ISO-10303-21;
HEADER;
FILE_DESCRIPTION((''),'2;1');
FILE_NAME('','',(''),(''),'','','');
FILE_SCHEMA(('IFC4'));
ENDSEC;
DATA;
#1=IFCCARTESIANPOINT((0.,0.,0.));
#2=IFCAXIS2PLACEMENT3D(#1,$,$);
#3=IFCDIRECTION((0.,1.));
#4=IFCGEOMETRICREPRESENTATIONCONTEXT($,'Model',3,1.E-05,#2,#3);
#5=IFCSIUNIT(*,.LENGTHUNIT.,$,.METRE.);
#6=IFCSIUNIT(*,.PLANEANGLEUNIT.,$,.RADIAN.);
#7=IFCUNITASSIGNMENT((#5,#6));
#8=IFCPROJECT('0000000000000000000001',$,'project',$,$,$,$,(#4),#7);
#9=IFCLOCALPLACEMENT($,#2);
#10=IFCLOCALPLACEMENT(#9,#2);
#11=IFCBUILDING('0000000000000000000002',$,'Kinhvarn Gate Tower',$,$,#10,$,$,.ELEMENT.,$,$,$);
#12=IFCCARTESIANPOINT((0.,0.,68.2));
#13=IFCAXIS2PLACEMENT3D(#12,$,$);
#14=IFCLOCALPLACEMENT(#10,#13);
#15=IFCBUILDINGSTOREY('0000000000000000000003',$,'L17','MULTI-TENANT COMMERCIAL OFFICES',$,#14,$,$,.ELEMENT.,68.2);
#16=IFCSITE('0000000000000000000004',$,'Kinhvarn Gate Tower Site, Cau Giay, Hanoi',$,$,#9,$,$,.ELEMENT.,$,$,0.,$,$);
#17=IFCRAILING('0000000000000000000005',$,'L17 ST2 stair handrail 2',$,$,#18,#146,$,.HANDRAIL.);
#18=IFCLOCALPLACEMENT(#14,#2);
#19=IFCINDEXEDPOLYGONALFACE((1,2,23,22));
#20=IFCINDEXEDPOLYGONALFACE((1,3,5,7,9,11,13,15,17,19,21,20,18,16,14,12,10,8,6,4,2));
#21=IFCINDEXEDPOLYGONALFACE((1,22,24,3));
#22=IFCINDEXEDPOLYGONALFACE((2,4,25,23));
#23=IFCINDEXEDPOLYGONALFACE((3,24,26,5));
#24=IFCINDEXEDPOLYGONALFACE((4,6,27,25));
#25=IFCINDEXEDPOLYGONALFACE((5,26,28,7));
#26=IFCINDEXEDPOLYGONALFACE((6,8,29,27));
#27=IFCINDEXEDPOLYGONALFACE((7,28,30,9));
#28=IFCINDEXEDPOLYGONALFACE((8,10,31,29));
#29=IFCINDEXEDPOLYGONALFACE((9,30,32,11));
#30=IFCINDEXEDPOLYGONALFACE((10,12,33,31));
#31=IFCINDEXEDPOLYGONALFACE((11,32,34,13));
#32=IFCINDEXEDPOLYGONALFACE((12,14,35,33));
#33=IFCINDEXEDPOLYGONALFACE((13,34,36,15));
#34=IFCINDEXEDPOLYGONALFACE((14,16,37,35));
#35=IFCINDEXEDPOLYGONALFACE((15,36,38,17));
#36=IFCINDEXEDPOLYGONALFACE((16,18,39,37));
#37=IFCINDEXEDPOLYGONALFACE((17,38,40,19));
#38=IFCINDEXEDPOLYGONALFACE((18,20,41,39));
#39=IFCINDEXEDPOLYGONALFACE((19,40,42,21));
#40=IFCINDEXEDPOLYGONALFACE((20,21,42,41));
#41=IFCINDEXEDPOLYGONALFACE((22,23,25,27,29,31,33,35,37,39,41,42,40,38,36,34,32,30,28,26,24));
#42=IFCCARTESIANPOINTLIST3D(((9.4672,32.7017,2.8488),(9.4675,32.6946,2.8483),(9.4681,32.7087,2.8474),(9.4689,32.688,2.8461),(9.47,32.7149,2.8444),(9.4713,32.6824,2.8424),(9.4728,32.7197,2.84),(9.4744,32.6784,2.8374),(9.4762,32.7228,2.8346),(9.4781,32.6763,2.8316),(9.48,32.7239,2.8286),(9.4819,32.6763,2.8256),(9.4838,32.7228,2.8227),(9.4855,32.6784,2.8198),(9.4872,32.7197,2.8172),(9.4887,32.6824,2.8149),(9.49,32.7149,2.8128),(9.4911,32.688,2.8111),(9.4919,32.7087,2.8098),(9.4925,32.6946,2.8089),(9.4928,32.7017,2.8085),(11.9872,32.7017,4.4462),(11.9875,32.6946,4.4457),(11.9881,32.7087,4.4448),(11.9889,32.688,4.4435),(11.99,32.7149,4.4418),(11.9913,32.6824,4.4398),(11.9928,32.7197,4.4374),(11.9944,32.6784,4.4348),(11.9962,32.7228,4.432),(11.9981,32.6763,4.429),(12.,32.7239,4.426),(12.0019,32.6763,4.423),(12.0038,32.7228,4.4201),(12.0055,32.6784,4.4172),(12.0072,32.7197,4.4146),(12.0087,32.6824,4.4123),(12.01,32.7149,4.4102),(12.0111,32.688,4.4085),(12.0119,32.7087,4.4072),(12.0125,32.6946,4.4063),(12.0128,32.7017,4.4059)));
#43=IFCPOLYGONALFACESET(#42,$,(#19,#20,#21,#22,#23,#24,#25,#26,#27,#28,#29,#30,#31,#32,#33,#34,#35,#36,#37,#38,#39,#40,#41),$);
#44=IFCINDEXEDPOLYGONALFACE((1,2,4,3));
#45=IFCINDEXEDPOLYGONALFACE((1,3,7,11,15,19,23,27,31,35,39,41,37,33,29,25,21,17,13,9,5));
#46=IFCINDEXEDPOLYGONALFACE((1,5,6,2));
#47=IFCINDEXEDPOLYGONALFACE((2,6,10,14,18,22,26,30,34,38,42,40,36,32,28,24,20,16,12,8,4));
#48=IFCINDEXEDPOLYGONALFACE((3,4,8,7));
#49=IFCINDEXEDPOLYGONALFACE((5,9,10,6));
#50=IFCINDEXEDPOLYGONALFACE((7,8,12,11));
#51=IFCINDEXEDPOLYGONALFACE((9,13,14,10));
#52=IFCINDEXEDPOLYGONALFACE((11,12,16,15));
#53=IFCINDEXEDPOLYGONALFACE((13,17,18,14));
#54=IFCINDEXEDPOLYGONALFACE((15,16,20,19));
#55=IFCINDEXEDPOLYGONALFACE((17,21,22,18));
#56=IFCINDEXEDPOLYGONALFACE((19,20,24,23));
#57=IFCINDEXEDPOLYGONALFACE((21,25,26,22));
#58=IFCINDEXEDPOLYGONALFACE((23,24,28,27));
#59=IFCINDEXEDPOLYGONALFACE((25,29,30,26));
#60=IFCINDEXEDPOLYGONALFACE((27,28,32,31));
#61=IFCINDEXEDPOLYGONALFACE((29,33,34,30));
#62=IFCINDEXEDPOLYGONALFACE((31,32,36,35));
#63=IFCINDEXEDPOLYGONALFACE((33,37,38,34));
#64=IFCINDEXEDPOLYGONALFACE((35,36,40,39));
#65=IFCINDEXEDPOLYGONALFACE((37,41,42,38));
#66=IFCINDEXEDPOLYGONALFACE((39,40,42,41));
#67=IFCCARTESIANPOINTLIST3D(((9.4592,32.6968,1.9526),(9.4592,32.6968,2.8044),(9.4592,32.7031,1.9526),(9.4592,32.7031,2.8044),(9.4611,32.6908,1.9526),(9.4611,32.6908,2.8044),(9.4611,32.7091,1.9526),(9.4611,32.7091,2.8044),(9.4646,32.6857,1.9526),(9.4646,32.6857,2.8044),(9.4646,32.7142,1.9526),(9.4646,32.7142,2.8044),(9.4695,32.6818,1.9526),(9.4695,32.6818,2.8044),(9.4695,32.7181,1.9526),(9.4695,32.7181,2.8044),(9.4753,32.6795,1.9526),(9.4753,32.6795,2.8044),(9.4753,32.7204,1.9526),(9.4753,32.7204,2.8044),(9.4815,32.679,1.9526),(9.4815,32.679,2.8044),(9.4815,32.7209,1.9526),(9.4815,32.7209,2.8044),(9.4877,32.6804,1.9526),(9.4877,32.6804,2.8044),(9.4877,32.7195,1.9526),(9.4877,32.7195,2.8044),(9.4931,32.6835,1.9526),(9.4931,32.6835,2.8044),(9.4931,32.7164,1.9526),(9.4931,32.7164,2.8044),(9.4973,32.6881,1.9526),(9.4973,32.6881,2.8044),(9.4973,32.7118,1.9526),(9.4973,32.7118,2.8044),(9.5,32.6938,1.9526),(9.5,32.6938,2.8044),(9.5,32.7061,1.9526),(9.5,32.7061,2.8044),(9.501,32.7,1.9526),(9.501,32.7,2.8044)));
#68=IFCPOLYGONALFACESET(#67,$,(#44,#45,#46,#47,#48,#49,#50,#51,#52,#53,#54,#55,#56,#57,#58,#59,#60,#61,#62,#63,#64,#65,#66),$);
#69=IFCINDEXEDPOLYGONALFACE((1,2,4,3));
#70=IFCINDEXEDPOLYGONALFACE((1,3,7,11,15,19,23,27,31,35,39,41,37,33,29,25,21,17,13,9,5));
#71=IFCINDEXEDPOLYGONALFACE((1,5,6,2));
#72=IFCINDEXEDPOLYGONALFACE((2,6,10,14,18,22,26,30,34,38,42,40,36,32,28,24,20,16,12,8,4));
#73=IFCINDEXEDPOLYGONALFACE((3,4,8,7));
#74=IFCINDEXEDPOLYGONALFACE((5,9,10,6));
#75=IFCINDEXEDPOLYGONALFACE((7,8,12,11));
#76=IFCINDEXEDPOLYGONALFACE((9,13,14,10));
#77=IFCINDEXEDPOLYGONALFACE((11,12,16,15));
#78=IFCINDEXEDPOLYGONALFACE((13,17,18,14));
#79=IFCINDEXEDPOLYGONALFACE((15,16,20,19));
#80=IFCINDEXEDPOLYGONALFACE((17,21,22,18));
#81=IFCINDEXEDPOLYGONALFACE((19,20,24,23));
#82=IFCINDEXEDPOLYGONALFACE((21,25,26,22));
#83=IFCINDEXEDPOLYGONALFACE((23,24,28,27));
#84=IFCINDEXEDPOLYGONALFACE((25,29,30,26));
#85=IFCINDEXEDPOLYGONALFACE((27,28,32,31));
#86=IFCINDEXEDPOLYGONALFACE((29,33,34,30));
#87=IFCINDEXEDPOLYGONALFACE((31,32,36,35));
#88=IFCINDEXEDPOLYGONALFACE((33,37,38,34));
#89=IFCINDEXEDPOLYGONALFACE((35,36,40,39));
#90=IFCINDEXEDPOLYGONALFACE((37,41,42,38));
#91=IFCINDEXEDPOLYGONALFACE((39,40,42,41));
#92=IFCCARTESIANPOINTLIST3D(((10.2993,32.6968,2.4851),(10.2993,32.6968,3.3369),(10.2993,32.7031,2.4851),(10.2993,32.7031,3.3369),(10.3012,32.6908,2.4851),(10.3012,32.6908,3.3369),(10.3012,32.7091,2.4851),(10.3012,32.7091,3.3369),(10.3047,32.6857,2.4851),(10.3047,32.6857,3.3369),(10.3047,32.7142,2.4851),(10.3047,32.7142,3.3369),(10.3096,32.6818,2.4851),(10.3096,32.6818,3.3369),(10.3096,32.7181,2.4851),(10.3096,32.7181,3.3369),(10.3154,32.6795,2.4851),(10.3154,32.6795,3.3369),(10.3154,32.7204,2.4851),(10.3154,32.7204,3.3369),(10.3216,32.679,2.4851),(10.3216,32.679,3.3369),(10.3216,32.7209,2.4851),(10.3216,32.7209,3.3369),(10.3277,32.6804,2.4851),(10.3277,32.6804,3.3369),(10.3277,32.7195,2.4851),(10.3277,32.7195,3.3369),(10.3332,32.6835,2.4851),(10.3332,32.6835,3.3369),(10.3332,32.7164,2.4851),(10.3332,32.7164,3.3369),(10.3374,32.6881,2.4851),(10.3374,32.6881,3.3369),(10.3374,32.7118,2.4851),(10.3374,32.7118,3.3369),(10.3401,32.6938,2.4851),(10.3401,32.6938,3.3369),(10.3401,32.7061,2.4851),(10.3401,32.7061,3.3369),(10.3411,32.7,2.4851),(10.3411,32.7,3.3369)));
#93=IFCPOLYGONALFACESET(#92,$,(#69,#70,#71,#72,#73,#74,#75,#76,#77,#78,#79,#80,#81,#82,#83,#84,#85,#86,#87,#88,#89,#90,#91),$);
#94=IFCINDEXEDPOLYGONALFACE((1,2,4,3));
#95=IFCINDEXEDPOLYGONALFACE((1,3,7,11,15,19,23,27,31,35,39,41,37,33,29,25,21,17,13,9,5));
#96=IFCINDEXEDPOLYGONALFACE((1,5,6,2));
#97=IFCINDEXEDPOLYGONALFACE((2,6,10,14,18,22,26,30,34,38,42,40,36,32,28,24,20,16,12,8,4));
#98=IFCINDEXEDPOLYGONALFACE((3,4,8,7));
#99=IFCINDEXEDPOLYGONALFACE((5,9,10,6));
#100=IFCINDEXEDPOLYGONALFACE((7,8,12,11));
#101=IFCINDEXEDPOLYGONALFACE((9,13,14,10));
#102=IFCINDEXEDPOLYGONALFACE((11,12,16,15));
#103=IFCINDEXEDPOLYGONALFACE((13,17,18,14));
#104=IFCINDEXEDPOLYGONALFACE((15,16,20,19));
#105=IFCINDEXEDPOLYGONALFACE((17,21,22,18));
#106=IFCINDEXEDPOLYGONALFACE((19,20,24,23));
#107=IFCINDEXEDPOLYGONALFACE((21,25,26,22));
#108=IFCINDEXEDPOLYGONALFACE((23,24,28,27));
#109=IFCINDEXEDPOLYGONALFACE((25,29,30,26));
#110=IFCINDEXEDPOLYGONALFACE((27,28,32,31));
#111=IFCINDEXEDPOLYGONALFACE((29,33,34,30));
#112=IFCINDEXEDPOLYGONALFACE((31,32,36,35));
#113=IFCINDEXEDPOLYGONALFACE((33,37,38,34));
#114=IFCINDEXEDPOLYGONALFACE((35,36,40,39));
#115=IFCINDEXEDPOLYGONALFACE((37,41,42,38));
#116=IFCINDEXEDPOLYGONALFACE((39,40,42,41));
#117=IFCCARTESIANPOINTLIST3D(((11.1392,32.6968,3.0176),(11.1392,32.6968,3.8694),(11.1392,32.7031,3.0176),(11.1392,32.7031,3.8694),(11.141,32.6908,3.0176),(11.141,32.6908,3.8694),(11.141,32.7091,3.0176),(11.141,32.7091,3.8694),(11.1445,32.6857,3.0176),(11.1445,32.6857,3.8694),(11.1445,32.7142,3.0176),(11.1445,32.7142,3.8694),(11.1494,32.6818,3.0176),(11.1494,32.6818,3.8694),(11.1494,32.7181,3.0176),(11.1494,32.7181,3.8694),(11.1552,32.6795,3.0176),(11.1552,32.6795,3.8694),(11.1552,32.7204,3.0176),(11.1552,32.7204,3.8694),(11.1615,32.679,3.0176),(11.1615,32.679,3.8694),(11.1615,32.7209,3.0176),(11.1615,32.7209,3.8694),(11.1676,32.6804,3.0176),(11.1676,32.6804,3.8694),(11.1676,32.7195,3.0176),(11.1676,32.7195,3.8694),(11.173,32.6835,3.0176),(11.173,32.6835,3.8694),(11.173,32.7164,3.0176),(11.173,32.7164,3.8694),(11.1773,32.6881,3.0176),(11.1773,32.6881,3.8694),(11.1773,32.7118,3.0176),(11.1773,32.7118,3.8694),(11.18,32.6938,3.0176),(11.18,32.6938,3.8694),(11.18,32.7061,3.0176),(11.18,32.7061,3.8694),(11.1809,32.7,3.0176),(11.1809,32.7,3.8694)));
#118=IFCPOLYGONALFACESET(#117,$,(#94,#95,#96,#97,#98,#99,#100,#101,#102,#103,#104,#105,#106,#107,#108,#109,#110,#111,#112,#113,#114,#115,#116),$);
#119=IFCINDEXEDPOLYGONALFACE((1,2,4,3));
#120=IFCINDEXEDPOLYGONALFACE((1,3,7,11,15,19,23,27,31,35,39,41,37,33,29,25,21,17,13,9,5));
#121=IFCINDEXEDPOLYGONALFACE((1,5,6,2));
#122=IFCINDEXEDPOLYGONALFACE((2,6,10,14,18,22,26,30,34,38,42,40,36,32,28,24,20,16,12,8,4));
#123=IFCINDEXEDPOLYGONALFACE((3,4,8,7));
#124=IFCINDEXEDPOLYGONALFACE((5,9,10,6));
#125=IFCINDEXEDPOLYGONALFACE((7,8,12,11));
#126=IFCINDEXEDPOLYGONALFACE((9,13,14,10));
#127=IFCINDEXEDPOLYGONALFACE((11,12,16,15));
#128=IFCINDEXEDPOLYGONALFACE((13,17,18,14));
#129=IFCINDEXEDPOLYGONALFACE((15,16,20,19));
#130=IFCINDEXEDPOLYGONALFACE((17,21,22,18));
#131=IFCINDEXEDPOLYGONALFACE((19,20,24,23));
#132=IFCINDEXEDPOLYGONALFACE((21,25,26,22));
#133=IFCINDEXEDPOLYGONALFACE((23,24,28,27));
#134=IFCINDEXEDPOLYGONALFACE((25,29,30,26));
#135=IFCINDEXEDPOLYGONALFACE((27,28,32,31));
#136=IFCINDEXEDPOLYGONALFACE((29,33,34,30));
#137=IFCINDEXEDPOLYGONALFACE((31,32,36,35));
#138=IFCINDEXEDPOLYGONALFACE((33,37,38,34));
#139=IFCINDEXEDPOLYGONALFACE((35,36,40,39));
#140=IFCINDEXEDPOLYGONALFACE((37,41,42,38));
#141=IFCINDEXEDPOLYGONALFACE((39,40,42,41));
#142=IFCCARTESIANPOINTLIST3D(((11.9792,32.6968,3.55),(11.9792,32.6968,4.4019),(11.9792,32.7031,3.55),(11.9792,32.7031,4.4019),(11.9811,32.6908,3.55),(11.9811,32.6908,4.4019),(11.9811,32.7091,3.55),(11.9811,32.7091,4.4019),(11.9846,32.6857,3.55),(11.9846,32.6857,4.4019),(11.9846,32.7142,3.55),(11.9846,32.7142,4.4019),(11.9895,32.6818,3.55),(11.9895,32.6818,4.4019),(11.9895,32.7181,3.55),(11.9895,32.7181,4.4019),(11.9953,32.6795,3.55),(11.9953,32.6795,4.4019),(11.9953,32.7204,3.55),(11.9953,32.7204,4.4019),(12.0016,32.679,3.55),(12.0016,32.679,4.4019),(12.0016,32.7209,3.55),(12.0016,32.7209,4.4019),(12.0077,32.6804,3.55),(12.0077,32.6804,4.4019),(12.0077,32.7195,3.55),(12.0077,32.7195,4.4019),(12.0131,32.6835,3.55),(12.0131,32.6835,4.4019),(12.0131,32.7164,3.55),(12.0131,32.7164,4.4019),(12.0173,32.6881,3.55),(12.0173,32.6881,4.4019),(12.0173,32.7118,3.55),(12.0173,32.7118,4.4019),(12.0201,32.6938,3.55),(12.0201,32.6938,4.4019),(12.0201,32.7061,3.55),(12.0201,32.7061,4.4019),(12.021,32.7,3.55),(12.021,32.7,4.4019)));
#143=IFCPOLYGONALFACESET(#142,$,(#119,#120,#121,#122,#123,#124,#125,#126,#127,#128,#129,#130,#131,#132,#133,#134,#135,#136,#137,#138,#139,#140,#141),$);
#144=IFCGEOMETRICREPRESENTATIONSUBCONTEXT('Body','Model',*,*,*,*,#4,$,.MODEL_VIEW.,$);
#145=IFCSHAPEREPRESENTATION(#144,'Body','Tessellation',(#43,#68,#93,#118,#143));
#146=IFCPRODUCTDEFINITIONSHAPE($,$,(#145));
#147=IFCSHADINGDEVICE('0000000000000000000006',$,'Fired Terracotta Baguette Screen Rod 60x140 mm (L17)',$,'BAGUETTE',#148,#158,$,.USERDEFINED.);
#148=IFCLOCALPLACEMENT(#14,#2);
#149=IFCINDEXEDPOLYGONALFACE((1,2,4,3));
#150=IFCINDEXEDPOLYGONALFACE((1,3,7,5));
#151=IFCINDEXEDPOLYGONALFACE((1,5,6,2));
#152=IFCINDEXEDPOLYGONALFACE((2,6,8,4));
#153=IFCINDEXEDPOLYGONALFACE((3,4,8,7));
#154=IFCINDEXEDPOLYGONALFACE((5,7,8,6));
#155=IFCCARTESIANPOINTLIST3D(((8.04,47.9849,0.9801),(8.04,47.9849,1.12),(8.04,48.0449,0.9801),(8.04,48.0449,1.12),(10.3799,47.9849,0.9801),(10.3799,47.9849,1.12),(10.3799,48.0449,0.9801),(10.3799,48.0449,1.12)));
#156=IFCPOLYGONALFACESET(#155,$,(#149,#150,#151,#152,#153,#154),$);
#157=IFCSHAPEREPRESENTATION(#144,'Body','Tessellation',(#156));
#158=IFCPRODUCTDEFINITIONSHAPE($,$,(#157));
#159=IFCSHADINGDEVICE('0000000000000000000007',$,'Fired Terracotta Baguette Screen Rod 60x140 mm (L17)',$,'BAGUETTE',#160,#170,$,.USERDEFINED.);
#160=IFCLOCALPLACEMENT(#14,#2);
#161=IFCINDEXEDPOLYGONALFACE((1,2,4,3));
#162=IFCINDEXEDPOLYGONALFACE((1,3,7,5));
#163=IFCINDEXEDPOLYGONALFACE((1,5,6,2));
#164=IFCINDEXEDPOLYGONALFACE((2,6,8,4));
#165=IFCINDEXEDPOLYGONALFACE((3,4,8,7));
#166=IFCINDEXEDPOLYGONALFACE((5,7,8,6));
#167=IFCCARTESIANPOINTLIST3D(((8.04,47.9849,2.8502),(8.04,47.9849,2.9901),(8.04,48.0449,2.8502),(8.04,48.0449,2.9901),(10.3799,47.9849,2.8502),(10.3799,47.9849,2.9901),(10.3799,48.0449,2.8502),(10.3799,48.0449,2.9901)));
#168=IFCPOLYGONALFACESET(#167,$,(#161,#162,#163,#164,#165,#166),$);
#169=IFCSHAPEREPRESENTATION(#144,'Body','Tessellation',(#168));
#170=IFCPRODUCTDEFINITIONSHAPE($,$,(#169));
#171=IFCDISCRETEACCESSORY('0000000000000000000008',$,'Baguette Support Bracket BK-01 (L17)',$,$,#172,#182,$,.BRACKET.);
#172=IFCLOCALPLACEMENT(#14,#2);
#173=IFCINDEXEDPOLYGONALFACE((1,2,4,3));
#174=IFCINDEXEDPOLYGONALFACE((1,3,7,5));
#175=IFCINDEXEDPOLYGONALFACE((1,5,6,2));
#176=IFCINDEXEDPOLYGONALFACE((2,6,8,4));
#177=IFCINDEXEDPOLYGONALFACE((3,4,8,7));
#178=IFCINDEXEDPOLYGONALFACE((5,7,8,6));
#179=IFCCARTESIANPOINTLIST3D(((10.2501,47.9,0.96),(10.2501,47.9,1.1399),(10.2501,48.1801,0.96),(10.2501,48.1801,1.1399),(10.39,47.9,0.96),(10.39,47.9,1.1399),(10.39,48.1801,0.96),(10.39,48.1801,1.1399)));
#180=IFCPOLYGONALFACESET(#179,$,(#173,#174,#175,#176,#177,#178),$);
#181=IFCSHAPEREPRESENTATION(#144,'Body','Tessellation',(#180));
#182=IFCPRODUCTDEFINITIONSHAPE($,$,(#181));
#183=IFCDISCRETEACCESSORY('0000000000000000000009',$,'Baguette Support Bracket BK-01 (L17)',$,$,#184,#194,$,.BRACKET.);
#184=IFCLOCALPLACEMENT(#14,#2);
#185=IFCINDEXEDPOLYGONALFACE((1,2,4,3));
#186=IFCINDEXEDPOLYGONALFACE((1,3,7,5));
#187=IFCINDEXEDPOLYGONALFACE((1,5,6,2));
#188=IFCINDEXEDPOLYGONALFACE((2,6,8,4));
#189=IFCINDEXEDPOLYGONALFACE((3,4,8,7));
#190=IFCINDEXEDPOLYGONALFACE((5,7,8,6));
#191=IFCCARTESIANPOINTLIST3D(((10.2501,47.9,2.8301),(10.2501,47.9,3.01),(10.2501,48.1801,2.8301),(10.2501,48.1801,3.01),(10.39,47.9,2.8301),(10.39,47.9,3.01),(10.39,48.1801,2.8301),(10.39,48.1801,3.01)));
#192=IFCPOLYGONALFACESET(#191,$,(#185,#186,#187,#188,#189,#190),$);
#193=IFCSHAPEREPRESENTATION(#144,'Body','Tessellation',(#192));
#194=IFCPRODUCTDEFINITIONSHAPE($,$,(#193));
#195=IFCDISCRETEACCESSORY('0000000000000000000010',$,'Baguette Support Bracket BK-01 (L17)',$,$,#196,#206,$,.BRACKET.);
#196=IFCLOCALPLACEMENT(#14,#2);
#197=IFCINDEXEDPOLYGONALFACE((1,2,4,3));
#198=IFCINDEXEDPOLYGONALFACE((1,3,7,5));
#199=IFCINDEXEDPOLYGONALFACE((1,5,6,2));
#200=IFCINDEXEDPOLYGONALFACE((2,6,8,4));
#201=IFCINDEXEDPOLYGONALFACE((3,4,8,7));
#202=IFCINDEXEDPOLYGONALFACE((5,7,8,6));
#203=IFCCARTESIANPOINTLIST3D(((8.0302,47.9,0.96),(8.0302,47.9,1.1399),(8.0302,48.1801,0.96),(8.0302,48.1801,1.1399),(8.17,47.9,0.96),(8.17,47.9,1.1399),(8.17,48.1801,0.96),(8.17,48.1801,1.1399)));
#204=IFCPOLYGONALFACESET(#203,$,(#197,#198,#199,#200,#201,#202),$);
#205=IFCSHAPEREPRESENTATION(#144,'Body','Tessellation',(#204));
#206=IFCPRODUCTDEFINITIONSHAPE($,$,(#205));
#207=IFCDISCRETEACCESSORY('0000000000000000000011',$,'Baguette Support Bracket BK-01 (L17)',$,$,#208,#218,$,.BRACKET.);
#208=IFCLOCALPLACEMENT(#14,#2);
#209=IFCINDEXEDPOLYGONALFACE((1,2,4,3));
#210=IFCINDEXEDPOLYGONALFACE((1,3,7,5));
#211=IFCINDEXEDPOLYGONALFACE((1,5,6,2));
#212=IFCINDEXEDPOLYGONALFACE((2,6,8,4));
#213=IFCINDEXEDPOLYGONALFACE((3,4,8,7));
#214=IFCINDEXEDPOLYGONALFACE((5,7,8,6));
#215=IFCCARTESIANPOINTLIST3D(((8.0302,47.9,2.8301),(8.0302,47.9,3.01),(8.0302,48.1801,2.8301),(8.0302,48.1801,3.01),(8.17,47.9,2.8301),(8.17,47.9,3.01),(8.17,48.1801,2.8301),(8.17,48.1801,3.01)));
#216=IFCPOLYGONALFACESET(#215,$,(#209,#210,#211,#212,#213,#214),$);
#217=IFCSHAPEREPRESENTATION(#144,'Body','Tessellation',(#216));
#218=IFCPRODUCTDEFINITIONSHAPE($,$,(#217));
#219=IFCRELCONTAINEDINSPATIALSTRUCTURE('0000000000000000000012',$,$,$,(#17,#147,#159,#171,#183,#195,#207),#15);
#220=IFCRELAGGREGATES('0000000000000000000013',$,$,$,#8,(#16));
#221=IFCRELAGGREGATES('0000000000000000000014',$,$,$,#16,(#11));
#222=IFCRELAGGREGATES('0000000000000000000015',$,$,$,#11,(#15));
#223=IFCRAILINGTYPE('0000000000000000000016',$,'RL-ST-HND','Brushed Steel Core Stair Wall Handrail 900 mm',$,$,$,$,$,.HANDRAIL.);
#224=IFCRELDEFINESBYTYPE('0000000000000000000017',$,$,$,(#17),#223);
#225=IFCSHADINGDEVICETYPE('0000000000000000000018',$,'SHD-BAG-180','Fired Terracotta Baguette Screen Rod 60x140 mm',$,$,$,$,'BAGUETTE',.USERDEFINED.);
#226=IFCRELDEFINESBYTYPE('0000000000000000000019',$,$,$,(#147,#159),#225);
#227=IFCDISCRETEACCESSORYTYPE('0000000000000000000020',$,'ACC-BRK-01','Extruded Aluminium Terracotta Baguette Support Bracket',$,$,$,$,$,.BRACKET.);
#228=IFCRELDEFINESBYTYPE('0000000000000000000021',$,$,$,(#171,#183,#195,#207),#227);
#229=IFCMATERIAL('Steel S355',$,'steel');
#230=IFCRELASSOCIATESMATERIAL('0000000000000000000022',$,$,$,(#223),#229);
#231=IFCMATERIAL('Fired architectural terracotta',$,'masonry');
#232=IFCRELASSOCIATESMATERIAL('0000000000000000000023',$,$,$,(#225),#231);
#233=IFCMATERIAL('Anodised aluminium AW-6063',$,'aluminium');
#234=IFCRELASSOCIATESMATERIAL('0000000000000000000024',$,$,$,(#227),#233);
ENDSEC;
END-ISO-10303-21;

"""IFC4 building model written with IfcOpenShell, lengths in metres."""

from ifc_helpers import new_model, si_unit, direction, frame, origin, origin_2d, place, context, subcontext, project, spatial, rectangle, circle, extrude, material, material_profile, profile_set, type_object, element, save


model = new_model("IFC4")

# Units and contexts
model_context = context("Model", 3, precision=1e-05, world=origin(), true_north=direction((0.0, 1.0)))
body_context = subcontext(model_context, "Body", "Model", "MODEL_VIEW")
ifc_project = project(units=[si_unit("LENGTHUNIT", "METRE"), si_unit("PLANEANGLEUNIT", "RADIAN")], contexts=[model_context])

# Site, building, storey
site_placement = place(None, origin())
site = spatial("IfcSite", under=ifc_project, at=site_placement, Name="Kinhvarn Gate Tower Site, Cau Giay, Hanoi", CompositionType="ELEMENT", RefElevation=0.0)
building_placement = place(site_placement, origin())
building = spatial("IfcBuilding", under=site, at=building_placement, Name="Kinhvarn Gate Tower", CompositionType="ELEMENT")
storey_placement = place(building_placement, frame((0.0, 0.0, 68.2)))
storey = spatial("IfcBuildingStorey", under=building, at=storey_placement, Name="L17", Description="MULTI-TENANT COMMERCIAL OFFICES", CompositionType="ELEMENT", Elevation=68.2)

# Shared definitions
ifc_material_1 = material(Name="Anodised aluminium AW-6063", Category="aluminium")

# Shared definitions
ifc_material_2 = material(Name="Steel S355", Category="steel")

# Shared definitions
ifc_material_3 = material(Name="Fired architectural terracotta", Category="masonry")

# Railing
railing_type_1 = type_object("IfcRailingType", Name="RL-ST-HND", Description="Brushed Steel Core Stair Wall Handrail 900 mm", PredefinedType="HANDRAIL", material=ifc_material_2)
railing_1_placement = place(storey_placement, frame((9.48, 32.7, 1.9526)))
element("IfcRailing", 1, at=railing_1_placement, inside=storey, type_object=railing_type_1, Name="L17 ST2 stair handrail 2", PredefinedType="HANDRAIL", context=body_context, shape_type="SweptSolid", body=[
    extrude(circle(Radius=0.0239, at=origin_2d()), frame((0.0, 0.0, 0.876), z_axis=(0.844607, 0.0, 0.535387), x_axis=(0.0, 1.0, 0.0)), (0.0, 0.0, 1.0), 2.9836),
    extrude(circle(Radius=0.021, at=origin_2d()), origin(), (0.0, 0.0, 1.0), 0.8518),
    extrude(circle(Radius=0.021, at=origin_2d()), frame((0.8401, 0.0, 0.5325)), (0.0, 0.0, 1.0), 0.8518),
    extrude(circle(Radius=0.021, at=origin_2d()), frame((1.6799, 0.0, 1.0649)), (0.0, 0.0, 1.0), 0.8518),
    extrude(circle(Radius=0.021, at=origin_2d()), frame((2.52, 0.0, 1.5974)), (0.0, 0.0, 1.0), 0.8518),
])

# Shading devices
ifc_material_profile_1 = material_profile(ifc_material_3, rectangle(XDim=0.0601, YDim=0.1399, at=origin_2d()), Name="TC 60x140")
ifc_profile_set_1 = profile_set([ifc_material_profile_1], Name="Fired architectural terracotta")
shading_device_type = type_object("IfcShadingDeviceType", Name="SHD-BAG-180", Description="Fired Terracotta Baguette Screen Rod 60x140 mm", ElementType="BAGUETTE", PredefinedType="USERDEFINED", material=ifc_profile_set_1)
for number, where, z_axis, x_axis, name in (
    (2, (10.3799, 48.0149, 1.05), (-1.0, 0.0, 0.0), (0.0, -1.0, 0.0), "Fired Terracotta Baguette Screen Rod 60x140 mm (L17)"),
    (3, (10.3799, 48.0149, 2.9202), (-1.0, 0.0, 0.0), (0.0, -1.0, 0.0), "Fired Terracotta Baguette Screen Rod 60x140 mm (L17)"),
):
    element("IfcShadingDevice", number, at=place(storey_placement, frame(where, z_axis=z_axis, x_axis=x_axis)), inside=storey, type_object=shading_device_type, Name=name, ObjectType="BAGUETTE", PredefinedType="USERDEFINED", context=body_context, shape_type="SweptSolid", body=[
        extrude(rectangle(XDim=0.0601, YDim=0.1399, at=origin_2d()), origin(), (0.0, 0.0, 1.0), 2.3398),
    ])

# Discrete accessories
discrete_accessory_type = type_object("IfcDiscreteAccessoryType", Name="ACC-BRK-01", Description="Extruded Aluminium Terracotta Baguette Support Bracket", PredefinedType="BRACKET", material=ifc_material_1)
for number, where, z_axis, x_axis, name in (
    (4, (10.3201, 48.04, 0.96), (0.0, 0.0, 1.0), (-1.0, 0.0, 0.0), "Baguette Support Bracket BK-01 (L17)"),
    (5, (10.3201, 48.04, 2.8301), (0.0, 0.0, 1.0), (-1.0, 0.0, 0.0), "Baguette Support Bracket BK-01 (L17)"),
    (6, (8.1001, 48.04, 0.96), (0.0, 0.0, 1.0), (-1.0, 0.0, 0.0), "Baguette Support Bracket BK-01 (L17)"),
    (7, (8.1001, 48.04, 2.8301), (0.0, 0.0, 1.0), (-1.0, 0.0, 0.0), "Baguette Support Bracket BK-01 (L17)"),
):
    element("IfcDiscreteAccessory", number, at=place(storey_placement, frame(where, z_axis=z_axis, x_axis=x_axis)), inside=storey, type_object=discrete_accessory_type, Name=name, PredefinedType="BRACKET", context=body_context, shape_type="SweptSolid", body=[
        extrude(rectangle(XDim=0.1399, YDim=0.28, at=origin_2d()), origin(), (0.0, 0.0, 1.0), 0.1799),
    ])

save(model, "model.ifc")
